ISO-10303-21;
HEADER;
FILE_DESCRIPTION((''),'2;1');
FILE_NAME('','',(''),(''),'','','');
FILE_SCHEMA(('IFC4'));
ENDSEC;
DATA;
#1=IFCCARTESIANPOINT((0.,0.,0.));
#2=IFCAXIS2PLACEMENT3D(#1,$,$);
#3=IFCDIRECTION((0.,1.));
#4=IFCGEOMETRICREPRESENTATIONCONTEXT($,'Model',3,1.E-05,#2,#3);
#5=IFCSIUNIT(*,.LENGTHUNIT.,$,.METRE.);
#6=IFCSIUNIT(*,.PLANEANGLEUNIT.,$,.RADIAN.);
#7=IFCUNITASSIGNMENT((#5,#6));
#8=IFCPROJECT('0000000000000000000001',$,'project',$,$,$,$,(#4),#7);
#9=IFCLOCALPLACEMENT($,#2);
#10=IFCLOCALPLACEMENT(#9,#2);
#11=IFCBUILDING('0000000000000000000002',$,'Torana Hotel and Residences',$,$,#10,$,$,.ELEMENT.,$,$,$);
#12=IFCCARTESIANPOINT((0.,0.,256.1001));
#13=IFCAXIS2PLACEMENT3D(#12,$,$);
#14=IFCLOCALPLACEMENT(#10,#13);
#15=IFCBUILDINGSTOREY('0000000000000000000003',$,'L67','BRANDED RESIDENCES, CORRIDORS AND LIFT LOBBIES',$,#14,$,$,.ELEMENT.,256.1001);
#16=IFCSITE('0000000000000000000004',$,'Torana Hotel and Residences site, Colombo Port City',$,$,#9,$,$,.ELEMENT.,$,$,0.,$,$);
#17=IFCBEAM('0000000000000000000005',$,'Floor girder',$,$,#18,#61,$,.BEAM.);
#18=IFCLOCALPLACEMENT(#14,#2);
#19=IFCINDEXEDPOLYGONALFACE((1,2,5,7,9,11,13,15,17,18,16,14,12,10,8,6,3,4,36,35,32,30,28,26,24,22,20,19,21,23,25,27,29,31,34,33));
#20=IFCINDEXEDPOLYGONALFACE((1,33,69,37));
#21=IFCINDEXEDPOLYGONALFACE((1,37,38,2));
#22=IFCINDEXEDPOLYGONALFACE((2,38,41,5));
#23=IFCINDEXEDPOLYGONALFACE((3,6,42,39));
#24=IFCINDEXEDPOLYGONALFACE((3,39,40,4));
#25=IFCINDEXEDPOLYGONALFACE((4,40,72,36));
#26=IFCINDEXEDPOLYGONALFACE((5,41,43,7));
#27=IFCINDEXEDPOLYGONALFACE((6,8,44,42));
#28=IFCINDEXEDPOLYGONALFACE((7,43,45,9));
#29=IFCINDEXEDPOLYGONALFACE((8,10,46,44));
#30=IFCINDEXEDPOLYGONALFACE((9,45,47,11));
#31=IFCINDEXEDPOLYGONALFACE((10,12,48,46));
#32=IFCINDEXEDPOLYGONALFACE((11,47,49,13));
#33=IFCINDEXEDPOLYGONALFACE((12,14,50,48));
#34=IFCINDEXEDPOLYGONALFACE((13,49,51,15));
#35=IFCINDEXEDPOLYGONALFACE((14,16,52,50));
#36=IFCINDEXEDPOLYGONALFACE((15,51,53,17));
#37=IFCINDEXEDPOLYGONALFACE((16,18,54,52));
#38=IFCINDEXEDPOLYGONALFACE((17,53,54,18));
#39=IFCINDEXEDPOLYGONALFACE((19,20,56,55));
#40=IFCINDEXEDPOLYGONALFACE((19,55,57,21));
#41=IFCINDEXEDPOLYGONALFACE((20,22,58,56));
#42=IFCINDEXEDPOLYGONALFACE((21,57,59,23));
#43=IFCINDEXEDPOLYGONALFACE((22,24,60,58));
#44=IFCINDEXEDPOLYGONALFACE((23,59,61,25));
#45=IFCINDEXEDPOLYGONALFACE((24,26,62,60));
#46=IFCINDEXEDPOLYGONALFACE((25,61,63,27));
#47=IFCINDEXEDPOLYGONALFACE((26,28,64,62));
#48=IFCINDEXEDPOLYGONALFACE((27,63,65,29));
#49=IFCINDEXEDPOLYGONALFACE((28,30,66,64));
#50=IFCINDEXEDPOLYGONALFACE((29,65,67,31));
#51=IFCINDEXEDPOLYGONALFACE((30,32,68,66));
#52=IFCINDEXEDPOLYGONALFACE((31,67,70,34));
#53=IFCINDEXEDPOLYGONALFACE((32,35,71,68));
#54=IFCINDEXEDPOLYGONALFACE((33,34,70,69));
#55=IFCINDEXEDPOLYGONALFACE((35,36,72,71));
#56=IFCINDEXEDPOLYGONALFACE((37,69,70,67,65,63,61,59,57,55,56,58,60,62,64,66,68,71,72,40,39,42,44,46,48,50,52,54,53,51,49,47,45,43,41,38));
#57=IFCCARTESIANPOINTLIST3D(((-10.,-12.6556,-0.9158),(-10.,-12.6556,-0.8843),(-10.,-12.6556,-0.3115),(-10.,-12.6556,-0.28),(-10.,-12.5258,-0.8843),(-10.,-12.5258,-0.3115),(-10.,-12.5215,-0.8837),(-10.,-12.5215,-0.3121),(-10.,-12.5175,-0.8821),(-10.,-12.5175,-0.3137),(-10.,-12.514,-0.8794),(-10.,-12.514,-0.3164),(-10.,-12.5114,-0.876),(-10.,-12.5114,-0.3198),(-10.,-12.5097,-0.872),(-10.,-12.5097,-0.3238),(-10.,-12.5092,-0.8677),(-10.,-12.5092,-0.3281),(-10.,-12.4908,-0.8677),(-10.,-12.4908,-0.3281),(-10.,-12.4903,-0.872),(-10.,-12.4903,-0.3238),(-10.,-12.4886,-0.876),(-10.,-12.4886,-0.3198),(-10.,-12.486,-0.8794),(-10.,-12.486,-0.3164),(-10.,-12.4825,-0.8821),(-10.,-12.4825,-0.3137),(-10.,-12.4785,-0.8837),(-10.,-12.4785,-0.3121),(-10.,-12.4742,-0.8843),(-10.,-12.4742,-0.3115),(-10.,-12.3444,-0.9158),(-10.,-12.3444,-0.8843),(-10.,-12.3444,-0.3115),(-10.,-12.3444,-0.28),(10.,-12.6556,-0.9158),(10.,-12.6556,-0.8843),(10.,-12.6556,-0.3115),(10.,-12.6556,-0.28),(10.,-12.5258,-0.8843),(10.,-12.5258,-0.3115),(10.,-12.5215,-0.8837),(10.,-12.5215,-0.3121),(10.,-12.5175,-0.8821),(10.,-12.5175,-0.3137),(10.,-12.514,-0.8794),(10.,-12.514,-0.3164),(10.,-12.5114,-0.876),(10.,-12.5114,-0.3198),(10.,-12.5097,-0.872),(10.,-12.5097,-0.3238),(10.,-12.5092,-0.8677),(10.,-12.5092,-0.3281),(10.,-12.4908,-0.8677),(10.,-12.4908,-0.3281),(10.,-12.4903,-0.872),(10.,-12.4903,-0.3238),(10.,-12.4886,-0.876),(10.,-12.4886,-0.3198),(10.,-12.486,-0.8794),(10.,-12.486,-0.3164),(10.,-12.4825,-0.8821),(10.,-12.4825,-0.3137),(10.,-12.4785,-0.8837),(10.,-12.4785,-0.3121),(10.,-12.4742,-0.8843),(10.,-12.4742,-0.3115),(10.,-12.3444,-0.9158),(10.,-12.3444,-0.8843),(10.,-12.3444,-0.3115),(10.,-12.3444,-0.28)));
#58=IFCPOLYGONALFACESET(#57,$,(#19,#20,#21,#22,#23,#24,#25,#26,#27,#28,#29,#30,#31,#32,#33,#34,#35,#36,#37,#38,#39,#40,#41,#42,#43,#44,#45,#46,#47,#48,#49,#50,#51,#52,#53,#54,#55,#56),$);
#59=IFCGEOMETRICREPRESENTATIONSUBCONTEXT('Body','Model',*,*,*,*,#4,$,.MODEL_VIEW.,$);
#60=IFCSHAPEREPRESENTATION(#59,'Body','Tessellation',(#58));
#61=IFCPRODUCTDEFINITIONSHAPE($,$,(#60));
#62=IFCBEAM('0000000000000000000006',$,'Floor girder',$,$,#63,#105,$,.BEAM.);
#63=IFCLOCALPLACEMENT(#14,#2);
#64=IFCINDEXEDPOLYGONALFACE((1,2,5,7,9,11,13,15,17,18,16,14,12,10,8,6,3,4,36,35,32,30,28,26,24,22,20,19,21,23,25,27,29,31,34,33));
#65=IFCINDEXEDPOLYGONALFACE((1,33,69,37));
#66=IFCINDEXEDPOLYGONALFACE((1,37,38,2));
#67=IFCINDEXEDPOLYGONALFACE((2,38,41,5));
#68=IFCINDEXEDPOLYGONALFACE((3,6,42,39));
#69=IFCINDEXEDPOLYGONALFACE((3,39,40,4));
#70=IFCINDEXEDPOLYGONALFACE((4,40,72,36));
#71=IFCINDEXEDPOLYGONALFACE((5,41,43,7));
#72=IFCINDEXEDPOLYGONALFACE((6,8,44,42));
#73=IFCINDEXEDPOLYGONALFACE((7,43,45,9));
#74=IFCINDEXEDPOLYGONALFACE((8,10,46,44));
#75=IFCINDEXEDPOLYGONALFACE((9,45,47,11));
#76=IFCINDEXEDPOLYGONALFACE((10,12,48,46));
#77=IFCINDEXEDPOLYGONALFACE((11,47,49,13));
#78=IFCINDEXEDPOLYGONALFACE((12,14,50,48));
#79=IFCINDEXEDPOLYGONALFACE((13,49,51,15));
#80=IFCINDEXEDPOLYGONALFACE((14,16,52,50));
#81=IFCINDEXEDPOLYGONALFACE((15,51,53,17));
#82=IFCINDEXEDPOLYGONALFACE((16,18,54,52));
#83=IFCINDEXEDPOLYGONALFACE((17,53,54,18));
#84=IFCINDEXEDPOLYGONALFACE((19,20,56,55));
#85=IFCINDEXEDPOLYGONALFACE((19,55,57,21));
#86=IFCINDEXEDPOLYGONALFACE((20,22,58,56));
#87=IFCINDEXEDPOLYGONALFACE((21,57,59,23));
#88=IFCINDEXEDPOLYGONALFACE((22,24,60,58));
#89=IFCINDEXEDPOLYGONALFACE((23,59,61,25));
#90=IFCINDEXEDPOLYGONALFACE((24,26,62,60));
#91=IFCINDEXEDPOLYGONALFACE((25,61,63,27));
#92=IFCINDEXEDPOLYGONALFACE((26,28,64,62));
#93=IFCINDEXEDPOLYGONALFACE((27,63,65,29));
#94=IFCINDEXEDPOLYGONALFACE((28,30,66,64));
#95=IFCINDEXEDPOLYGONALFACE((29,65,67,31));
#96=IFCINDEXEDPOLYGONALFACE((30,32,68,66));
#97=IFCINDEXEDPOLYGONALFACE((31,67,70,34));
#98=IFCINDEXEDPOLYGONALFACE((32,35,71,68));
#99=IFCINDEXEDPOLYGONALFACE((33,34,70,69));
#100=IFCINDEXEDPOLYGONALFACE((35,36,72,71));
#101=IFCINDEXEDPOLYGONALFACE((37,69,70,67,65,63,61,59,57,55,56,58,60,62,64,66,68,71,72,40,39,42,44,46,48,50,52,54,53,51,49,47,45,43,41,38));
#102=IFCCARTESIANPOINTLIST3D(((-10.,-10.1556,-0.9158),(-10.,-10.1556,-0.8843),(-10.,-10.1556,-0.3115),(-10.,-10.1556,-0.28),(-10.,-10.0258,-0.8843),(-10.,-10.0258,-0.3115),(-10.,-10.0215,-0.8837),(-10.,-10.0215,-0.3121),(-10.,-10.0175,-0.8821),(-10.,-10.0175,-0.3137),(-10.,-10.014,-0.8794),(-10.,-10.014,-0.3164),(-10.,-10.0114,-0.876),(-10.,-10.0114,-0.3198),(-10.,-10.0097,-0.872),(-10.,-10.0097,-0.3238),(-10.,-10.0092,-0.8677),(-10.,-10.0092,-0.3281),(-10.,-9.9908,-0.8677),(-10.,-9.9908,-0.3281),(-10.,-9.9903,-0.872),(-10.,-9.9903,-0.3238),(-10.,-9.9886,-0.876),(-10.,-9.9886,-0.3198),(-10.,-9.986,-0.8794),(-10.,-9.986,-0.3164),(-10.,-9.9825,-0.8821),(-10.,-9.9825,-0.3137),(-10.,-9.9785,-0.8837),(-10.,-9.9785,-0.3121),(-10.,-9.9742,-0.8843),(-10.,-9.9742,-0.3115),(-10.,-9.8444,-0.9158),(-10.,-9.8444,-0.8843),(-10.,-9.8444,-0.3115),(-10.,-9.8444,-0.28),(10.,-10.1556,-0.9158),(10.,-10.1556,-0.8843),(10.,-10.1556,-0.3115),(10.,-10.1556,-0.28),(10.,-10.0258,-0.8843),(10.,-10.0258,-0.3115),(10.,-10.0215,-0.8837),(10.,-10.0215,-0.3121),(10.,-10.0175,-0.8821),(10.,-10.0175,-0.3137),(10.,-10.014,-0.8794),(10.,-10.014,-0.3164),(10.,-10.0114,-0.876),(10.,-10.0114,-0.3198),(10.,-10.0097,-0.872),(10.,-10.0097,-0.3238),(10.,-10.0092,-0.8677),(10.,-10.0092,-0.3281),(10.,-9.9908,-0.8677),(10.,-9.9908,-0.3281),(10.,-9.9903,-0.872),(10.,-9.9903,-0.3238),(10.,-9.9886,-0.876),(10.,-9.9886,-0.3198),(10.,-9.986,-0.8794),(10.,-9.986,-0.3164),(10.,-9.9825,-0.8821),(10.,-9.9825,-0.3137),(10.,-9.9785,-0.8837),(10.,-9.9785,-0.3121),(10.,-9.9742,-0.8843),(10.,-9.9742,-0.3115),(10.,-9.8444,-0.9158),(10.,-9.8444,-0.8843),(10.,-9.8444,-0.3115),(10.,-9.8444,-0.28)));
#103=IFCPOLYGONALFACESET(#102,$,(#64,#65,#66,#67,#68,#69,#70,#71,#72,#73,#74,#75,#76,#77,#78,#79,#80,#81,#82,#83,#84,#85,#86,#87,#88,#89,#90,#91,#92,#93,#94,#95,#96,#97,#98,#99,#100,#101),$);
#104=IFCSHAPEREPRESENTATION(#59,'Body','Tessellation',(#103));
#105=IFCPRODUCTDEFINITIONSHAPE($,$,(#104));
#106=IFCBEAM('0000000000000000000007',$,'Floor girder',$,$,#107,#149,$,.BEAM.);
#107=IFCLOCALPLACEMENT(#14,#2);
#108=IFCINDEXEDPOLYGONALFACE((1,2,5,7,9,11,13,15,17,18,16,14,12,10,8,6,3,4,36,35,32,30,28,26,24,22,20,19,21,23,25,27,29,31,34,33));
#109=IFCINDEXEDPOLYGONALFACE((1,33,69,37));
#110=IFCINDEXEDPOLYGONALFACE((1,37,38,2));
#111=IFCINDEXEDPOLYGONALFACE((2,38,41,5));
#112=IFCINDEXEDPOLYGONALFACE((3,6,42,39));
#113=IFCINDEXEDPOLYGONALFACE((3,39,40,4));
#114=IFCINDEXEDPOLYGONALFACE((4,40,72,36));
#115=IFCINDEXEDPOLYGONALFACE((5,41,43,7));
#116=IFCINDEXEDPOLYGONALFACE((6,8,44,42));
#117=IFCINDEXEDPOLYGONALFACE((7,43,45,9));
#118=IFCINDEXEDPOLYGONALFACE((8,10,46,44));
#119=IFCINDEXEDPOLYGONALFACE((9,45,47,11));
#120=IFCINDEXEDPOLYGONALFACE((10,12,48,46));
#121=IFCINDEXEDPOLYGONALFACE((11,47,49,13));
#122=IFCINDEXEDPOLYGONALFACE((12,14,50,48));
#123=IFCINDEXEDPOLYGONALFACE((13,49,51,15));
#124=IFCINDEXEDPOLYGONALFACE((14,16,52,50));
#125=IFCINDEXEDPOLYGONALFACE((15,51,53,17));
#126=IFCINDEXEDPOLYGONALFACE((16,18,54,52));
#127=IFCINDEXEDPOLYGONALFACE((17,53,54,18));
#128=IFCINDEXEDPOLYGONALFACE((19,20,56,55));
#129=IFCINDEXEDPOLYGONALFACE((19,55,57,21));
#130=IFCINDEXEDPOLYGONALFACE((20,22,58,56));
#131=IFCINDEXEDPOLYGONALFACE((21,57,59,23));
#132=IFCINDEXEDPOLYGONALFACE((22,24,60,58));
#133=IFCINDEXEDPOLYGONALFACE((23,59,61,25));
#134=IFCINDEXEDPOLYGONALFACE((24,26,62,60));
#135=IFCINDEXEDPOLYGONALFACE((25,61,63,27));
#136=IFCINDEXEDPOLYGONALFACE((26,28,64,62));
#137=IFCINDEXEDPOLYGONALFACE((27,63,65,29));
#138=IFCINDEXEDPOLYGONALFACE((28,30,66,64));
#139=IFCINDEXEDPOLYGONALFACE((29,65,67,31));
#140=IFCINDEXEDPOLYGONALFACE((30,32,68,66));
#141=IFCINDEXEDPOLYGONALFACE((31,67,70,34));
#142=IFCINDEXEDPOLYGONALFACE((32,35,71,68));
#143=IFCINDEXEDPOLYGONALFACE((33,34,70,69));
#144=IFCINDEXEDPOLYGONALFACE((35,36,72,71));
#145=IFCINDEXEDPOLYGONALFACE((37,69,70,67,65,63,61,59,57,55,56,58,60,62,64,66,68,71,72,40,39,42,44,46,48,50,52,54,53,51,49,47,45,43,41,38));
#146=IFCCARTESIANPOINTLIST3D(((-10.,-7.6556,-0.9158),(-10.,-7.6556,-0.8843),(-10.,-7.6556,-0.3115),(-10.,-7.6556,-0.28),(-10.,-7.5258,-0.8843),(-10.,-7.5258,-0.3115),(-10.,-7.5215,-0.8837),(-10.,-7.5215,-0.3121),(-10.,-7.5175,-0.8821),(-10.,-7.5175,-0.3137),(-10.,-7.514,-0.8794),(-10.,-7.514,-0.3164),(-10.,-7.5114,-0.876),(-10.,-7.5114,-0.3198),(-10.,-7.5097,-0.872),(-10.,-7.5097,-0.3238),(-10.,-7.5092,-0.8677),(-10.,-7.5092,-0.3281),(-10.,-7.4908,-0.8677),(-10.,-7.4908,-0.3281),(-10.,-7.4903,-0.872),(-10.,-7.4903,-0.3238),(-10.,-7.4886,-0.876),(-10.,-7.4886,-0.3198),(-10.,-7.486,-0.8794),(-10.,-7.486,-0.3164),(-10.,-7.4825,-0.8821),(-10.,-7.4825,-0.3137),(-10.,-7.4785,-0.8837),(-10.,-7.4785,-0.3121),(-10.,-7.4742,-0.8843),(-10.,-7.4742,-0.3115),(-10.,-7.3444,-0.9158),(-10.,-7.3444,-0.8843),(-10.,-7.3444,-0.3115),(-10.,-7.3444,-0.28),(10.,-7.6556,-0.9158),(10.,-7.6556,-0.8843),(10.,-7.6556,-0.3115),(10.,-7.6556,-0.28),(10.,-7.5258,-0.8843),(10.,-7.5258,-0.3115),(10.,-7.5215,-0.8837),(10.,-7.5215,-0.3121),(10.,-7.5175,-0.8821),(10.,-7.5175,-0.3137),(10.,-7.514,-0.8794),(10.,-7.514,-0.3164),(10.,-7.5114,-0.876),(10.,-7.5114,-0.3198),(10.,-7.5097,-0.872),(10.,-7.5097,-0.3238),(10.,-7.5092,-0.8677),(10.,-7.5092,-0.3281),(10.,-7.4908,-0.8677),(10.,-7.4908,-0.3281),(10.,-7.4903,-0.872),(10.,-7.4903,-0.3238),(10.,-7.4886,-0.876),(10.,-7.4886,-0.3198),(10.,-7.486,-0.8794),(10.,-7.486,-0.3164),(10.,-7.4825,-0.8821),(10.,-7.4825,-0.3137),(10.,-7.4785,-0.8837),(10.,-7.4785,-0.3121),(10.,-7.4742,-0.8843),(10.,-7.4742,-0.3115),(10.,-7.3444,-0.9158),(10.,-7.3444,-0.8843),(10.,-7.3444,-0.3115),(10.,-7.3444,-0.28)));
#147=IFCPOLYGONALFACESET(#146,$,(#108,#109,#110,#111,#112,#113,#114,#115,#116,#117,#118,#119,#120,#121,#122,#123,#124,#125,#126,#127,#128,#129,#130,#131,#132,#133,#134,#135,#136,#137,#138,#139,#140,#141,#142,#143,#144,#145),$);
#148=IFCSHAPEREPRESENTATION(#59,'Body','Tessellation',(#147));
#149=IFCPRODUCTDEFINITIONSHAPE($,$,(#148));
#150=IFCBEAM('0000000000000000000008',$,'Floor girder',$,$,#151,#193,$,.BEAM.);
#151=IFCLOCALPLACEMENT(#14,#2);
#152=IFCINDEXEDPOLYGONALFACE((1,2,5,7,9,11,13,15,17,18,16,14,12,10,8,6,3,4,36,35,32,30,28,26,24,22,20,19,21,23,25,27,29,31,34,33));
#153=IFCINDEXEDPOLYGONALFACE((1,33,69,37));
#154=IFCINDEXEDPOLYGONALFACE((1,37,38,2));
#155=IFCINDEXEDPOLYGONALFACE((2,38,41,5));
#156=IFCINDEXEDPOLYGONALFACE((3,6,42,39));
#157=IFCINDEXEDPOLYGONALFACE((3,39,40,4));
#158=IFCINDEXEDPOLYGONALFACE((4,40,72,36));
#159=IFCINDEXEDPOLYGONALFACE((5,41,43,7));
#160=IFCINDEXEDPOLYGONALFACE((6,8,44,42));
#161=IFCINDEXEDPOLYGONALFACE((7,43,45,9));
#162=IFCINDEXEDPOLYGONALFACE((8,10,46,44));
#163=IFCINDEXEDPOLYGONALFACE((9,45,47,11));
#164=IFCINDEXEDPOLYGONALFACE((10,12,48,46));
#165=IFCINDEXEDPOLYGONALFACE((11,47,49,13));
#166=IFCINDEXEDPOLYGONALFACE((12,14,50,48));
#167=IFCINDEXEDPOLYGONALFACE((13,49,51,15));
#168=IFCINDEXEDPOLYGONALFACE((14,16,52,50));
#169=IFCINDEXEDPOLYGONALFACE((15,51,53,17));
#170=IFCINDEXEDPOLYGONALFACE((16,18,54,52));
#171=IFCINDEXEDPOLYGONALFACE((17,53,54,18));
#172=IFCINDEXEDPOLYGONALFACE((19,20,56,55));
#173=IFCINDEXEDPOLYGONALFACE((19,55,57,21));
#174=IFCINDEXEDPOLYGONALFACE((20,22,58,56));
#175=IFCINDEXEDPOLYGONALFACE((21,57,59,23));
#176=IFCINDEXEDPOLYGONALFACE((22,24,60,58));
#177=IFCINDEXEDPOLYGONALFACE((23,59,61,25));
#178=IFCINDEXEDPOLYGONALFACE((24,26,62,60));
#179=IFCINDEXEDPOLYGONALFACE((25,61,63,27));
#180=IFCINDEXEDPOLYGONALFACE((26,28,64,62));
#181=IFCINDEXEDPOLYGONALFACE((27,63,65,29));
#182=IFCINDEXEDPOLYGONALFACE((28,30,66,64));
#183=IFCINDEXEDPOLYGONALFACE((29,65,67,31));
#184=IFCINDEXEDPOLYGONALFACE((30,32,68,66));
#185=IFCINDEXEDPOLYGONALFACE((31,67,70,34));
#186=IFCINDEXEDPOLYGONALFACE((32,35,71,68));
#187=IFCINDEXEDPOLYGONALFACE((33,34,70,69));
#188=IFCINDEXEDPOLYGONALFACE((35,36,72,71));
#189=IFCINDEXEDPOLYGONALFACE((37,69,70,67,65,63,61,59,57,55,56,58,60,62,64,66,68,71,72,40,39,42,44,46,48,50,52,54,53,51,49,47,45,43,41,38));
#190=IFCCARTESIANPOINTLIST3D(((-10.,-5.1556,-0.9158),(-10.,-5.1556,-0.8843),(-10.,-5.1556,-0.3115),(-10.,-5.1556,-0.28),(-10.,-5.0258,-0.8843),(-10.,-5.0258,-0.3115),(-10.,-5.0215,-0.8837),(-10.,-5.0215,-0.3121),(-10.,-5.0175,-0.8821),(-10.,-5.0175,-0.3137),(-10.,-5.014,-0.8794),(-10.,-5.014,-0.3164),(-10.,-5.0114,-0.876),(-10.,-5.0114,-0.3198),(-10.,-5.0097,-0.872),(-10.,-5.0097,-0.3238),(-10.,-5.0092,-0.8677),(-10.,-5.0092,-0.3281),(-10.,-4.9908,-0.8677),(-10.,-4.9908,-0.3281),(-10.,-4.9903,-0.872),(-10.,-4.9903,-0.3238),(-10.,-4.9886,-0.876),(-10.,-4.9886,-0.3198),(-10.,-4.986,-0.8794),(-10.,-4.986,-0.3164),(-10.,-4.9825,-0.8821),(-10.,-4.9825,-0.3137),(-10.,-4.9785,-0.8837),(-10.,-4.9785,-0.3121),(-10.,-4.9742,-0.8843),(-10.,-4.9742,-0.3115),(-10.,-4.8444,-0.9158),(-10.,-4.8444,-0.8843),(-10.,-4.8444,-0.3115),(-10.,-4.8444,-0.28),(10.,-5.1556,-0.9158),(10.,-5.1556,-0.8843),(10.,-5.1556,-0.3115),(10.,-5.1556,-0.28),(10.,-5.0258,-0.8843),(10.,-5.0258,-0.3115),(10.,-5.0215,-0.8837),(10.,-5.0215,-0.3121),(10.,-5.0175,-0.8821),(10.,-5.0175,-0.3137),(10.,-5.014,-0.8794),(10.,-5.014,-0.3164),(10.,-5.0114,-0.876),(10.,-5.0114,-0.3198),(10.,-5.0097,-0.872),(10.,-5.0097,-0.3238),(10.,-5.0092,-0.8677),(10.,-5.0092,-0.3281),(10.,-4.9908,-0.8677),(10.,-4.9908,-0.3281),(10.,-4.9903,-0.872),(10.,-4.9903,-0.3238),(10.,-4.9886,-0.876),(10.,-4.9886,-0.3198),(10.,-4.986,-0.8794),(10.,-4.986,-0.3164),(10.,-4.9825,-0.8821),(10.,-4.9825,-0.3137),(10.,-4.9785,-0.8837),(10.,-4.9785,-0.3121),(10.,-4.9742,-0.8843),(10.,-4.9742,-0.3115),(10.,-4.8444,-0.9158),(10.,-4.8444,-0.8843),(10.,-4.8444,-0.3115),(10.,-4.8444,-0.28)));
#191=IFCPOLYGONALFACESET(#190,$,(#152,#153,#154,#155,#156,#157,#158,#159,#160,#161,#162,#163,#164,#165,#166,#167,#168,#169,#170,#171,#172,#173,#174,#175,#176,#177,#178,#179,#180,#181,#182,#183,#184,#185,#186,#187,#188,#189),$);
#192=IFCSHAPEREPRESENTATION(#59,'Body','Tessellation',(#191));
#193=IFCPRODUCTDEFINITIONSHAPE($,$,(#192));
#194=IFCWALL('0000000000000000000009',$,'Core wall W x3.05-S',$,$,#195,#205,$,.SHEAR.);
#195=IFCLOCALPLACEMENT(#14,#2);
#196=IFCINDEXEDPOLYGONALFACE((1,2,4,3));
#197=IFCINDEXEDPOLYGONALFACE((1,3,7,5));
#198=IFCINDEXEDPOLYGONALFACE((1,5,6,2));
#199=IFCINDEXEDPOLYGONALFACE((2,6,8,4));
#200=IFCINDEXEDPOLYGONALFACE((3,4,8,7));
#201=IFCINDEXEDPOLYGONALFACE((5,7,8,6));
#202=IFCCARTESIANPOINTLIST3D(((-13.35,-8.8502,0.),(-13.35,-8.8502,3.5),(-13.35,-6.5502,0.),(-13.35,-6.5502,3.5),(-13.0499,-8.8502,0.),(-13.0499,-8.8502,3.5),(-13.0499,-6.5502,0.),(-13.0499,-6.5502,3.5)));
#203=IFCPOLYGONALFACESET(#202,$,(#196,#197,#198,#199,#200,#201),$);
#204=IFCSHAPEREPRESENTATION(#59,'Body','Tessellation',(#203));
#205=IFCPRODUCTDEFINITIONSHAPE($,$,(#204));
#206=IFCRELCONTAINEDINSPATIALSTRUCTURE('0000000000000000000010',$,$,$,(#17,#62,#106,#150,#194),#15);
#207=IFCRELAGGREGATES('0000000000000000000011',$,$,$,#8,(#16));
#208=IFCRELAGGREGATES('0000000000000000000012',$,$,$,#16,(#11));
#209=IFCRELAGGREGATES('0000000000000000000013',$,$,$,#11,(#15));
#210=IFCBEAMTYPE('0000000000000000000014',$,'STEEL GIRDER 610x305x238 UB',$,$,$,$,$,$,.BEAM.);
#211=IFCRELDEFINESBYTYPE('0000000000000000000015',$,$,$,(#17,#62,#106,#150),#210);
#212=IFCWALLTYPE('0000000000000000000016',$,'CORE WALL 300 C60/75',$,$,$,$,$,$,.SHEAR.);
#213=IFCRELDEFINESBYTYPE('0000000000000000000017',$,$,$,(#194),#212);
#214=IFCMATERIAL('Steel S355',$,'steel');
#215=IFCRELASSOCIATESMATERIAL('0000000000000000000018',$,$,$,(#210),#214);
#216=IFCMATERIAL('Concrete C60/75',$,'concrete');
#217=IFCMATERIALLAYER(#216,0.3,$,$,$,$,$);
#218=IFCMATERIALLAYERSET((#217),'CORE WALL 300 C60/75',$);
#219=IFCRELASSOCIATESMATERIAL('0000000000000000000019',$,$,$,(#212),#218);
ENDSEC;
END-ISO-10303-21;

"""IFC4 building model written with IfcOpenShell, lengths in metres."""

from ifc_helpers import new_model, si_unit, direction, frame, frame_2d, origin, origin_2d, place, context, subcontext, project, spatial, rectangle, i_section, extrude, material, layer, layer_set, material_profile, profile_set, type_object, element, save


model = new_model("IFC4")

# Units and contexts
model_context = context("Model", 3, precision=1e-05, world=origin(), true_north=direction((0.0, 1.0)))
body_context = subcontext(model_context, "Body", "Model", "MODEL_VIEW")
ifc_project = project(units=[si_unit("LENGTHUNIT", "METRE"), si_unit("PLANEANGLEUNIT", "RADIAN")], contexts=[model_context])

# Site, building, storey
site_placement = place(None, origin())
site = spatial("IfcSite", under=ifc_project, at=site_placement, Name="Torana Hotel and Residences site, Colombo Port City", CompositionType="ELEMENT", RefElevation=0.0)
building_placement = place(site_placement, origin())
building = spatial("IfcBuilding", under=site, at=building_placement, Name="Torana Hotel and Residences", CompositionType="ELEMENT")
storey_placement = place(building_placement, frame((0.0, 0.0, 256.1001)))
storey = spatial("IfcBuildingStorey", under=building, at=storey_placement, Name="L67", Description="BRANDED RESIDENCES, CORRIDORS AND LIFT LOBBIES", CompositionType="ELEMENT", Elevation=256.1001)

# Beams
ifc_material_1 = material(Name="Steel S355", Category="steel")
ifc_material_profile = material_profile(ifc_material_1, i_section(OverallWidth=0.3113, OverallDepth=0.6357, WebThickness=0.0183, FlangeThickness=0.0315, FilletRadius=0.0166, at=origin_2d()), Name="610x305x238 UB")
ifc_profile_set = profile_set([ifc_material_profile], Name="Steel S355")
beam_type = type_object("IfcBeamType", Name="STEEL GIRDER 610x305x238 UB", PredefinedType="BEAM", material=ifc_profile_set)
for number, where, z_axis, x_axis, name in (
    (1, (-10.0, -12.5, -0.5979), (1.0, 0.0, 0.0), (0.0, 1.0, 0.0), "Floor girder"),
    (2, (-10.0, -10.0, -0.5979), (1.0, 0.0, 0.0), (0.0, 1.0, 0.0), "Floor girder"),
    (3, (-10.0, -7.5, -0.5979), (1.0, 0.0, 0.0), (0.0, 1.0, 0.0), "Floor girder"),
    (4, (-10.0, -5.0, -0.5979), (1.0, 0.0, 0.0), (0.0, 1.0, 0.0), "Floor girder"),
):
    element("IfcBeam", number, at=place(storey_placement, frame(where, z_axis=z_axis, x_axis=x_axis)), inside=storey, type_object=beam_type, Name=name, PredefinedType="BEAM", context=body_context, shape_type="SweptSolid", body=[
        extrude(i_section(OverallWidth=0.3113, OverallDepth=0.6357, WebThickness=0.0183, FlangeThickness=0.0315, FilletRadius=0.0166, at=origin_2d()), origin(), (0.0, 0.0, 1.0), 20.0),
    ])

# Wall
ifc_material_2 = material(Name="Concrete C60/75", Category="concrete")
ifc_layer_1 = layer(ifc_material_2, 0.3)
ifc_layer_set_1 = layer_set([ifc_layer_1], Name="CORE WALL 300 C60/75")
wall_type_1 = type_object("IfcWallType", Name="CORE WALL 300 C60/75", PredefinedType="SHEAR", material=ifc_layer_set_1)
wall_1_placement = place(storey_placement, frame((-13.2, -8.8501, 0.0), z_axis=(0.0, 0.0, 1.0), x_axis=(0.0, 1.0, 0.0)))
element("IfcWall", 5, at=wall_1_placement, inside=storey, type_object=wall_type_1, Name="Core wall W x3.05-S", PredefinedType="SHEAR", context=body_context, shape_type="SweptSolid", body=[
    extrude(rectangle(XDim=2.3, YDim=0.3, at=frame_2d((1.1499, 0.0))), origin(), (0.0, 0.0, 1.0), 3.5),
])

save(model, "model.ifc")
